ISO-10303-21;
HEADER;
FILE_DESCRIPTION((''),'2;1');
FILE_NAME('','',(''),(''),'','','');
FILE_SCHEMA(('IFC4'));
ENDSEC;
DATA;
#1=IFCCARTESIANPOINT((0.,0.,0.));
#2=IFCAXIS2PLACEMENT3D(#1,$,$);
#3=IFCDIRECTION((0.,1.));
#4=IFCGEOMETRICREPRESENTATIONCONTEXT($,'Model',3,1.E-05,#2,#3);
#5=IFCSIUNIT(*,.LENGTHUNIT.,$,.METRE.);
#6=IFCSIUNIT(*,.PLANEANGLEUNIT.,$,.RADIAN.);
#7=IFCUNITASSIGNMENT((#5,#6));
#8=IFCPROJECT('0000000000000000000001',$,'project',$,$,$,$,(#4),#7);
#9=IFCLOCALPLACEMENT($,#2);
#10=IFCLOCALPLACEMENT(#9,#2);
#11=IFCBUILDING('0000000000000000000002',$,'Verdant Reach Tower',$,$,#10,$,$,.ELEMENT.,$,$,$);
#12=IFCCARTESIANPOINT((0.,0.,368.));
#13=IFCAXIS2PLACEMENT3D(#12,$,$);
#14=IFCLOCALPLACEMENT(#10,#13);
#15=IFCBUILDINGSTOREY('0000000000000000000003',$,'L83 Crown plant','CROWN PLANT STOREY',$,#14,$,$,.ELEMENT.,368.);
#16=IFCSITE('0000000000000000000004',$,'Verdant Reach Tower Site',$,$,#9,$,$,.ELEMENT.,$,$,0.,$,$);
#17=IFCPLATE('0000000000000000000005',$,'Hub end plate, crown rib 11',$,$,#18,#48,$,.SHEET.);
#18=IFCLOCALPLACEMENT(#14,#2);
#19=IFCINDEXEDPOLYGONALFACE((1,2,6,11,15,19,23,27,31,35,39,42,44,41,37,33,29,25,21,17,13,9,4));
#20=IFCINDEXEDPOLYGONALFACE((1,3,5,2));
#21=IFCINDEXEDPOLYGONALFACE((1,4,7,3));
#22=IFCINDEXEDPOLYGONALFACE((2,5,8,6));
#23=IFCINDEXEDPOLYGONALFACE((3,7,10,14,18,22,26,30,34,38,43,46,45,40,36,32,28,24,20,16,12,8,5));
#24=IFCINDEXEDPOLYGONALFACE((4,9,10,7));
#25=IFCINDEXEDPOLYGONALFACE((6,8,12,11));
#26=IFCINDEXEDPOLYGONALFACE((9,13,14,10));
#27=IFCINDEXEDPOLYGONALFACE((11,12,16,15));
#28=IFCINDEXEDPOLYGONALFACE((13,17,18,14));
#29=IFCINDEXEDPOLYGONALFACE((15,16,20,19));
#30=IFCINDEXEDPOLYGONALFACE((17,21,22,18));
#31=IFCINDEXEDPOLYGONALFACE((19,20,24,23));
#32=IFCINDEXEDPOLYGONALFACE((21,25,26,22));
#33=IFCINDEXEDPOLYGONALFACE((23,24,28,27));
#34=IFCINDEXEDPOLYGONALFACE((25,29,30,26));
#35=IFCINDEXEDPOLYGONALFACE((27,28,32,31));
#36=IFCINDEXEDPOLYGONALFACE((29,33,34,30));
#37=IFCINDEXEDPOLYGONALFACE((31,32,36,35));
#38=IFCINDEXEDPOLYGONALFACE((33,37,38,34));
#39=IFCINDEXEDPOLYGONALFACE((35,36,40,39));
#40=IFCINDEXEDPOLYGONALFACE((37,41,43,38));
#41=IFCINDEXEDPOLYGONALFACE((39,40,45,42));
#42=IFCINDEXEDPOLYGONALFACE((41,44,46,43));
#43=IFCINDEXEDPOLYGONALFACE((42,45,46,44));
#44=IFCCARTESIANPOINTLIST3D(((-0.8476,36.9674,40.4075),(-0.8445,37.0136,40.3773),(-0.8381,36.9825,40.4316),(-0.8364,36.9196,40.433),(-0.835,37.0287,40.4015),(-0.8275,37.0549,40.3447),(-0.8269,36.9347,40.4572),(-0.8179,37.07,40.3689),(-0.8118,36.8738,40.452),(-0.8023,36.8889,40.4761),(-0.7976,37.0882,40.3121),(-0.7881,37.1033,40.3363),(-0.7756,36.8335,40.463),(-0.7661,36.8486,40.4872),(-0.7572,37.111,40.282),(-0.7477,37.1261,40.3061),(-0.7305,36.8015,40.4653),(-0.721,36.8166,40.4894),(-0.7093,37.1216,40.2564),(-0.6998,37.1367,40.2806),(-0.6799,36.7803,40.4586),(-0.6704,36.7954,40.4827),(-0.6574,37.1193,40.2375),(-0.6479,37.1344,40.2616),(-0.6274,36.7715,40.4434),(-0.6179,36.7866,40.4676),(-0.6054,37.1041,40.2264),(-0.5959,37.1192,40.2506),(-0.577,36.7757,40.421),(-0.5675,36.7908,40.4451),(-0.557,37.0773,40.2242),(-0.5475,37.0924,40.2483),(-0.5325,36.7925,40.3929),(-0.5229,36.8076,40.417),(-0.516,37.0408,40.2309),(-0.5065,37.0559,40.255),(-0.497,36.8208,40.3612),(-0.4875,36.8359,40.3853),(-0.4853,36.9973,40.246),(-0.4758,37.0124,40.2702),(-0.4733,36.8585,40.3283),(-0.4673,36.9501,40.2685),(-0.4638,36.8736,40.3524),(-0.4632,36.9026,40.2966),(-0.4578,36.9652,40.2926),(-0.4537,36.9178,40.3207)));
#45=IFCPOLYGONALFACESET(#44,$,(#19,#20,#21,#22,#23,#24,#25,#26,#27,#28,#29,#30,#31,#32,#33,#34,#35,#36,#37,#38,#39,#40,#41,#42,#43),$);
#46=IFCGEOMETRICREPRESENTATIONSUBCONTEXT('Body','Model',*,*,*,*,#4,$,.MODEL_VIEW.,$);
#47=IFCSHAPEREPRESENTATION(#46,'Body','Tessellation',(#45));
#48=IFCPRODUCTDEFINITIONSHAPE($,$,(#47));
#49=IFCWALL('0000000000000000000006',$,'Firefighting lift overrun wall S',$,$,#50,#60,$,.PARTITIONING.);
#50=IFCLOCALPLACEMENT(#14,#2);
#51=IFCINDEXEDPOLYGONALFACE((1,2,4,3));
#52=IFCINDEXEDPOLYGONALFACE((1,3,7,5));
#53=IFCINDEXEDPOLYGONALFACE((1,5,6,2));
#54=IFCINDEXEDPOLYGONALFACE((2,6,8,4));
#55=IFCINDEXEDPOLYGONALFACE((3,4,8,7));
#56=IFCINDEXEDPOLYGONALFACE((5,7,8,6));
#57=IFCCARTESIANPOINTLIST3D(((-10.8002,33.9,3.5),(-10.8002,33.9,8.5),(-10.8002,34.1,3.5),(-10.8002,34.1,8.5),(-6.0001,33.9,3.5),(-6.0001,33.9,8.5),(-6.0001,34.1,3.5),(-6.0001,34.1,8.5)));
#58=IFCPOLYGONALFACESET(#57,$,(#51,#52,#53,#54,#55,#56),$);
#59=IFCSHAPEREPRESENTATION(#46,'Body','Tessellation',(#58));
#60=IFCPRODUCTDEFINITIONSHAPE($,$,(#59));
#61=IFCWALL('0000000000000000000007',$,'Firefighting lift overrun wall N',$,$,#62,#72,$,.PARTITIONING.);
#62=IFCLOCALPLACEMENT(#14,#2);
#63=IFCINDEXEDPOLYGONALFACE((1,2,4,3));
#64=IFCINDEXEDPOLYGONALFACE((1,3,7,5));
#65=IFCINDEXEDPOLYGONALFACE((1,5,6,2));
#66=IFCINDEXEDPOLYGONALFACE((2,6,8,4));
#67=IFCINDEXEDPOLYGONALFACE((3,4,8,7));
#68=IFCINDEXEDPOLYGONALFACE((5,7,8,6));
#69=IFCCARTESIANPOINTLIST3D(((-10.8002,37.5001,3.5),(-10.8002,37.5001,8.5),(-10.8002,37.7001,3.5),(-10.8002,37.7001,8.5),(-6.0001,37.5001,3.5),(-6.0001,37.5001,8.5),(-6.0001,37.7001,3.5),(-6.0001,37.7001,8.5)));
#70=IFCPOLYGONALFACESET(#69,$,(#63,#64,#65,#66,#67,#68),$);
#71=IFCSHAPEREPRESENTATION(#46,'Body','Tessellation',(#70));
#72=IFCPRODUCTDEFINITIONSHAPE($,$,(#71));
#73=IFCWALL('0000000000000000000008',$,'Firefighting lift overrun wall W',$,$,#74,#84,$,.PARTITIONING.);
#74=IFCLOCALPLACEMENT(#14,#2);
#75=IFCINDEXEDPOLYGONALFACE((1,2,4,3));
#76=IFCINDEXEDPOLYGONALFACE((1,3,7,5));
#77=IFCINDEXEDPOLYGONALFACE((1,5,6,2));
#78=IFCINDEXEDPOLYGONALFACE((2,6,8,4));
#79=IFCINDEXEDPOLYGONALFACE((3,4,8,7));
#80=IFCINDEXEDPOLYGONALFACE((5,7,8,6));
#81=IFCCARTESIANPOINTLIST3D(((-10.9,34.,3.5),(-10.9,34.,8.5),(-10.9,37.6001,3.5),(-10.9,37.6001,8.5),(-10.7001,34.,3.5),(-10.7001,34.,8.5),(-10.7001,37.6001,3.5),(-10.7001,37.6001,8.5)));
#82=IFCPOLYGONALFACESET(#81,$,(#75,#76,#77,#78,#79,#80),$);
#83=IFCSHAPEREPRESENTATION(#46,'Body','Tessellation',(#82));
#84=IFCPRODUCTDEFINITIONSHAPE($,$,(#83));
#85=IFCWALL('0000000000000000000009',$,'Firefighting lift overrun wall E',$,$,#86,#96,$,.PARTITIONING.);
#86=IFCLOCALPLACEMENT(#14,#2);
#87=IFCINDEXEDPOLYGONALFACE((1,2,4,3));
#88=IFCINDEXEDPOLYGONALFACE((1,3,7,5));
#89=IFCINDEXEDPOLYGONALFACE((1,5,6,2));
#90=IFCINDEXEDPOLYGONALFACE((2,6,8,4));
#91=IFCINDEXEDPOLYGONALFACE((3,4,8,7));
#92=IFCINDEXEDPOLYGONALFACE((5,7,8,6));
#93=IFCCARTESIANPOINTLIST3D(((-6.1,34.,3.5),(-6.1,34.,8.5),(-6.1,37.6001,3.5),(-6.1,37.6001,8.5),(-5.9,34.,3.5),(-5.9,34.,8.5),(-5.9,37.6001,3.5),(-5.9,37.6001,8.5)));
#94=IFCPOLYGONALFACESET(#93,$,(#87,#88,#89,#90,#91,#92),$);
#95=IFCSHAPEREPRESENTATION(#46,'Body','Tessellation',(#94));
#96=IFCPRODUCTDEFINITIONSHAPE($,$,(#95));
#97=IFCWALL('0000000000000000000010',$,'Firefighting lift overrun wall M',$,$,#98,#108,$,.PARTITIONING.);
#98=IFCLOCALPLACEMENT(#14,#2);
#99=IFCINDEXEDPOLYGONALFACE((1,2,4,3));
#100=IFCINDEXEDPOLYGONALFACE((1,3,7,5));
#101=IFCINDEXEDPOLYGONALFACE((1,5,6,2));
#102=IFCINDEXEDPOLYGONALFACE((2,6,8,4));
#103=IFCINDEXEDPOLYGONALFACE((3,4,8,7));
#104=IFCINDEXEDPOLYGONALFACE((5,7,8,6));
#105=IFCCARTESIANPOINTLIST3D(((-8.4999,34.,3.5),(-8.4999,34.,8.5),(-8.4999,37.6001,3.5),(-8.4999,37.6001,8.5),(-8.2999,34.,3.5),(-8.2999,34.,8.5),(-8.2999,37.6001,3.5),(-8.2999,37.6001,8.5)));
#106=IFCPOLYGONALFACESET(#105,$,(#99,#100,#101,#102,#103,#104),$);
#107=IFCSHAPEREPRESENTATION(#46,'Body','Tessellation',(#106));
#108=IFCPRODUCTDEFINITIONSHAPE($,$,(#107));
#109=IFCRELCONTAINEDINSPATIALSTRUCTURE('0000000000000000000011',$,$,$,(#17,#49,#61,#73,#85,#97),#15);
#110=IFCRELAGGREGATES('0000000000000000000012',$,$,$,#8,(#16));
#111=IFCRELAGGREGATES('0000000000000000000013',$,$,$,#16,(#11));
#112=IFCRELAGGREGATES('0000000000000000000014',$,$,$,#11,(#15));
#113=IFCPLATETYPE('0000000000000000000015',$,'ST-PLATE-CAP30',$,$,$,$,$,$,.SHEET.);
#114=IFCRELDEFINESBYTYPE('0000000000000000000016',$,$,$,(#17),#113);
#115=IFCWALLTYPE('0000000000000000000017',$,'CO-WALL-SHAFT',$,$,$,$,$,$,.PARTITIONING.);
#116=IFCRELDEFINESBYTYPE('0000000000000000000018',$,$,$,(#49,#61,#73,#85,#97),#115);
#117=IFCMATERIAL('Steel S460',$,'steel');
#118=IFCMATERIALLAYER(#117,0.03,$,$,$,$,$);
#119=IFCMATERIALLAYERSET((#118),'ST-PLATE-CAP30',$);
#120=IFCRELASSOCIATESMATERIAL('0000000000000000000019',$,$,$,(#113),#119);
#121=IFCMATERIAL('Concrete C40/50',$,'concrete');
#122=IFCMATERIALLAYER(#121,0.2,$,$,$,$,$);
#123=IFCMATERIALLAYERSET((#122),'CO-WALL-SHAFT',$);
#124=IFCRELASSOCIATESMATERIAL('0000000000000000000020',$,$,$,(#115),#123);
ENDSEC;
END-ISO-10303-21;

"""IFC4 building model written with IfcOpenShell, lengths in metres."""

from ifc_helpers import new_model, si_unit, direction, frame, frame_2d, origin, origin_2d, place, context, subcontext, project, spatial, rectangle, circle, extrude, material, layer, layer_set, type_object, element, save


model = new_model("IFC4")

# Units and contexts
model_context = context("Model", 3, precision=1e-05, world=origin(), true_north=direction((0.0, 1.0)))
body_context = subcontext(model_context, "Body", "Model", "MODEL_VIEW")
ifc_project = project(units=[si_unit("LENGTHUNIT", "METRE"), si_unit("PLANEANGLEUNIT", "RADIAN")], contexts=[model_context])

# Site, building, storey
site_placement = place(None, origin())
site = spatial("IfcSite", under=ifc_project, at=site_placement, Name="Verdant Reach Tower Site", CompositionType="ELEMENT", RefElevation=0.0)
building_placement = place(site_placement, origin())
building = spatial("IfcBuilding", under=site, at=building_placement, Name="Verdant Reach Tower", CompositionType="ELEMENT")
storey_placement = place(building_placement, frame((0.0, 0.0, 368.0)))
storey = spatial("IfcBuildingStorey", under=building, at=storey_placement, Name="L83 Crown plant", Description="CROWN PLANT STOREY", CompositionType="ELEMENT", Elevation=368.0)

# Plate
ifc_material_1 = material(Name="Steel S460", Category="steel")
ifc_layer_1 = layer(ifc_material_1, 0.03)
ifc_layer_set_1 = layer_set([ifc_layer_1], Name="ST-PLATE-CAP30")
plate_type_1 = type_object("IfcPlateType", Name="ST-PLATE-CAP30", PredefinedType="SHEET", material=ifc_layer_set_1)
for number, where, z_axis, x_axis, name in (
    (1, (-0.6555, 36.9468, 40.3447), (0.316686, 0.50345, 0.803896), (-0.846461, 0.532451, 0.0), "Hub end plate, crown rib 11"),
):
    element("IfcPlate", number, at=place(storey_placement, frame(where, z_axis=z_axis, x_axis=x_axis)), inside=storey, type_object=plate_type_1, Name=name, PredefinedType="SHEET", context=body_context, shape_type="SweptSolid", body=[
        extrude(circle(Radius=0.2031, at=origin_2d()), origin(), (0.0, 0.0, 1.0), 0.03),
    ])

# Walls
ifc_material_2 = material(Name="Concrete C40/50", Category="concrete")
ifc_layer_2 = layer(ifc_material_2, 0.2)
ifc_layer_set_2 = layer_set([ifc_layer_2], Name="CO-WALL-SHAFT")
wall_type = type_object("IfcWallType", Name="CO-WALL-SHAFT", PredefinedType="PARTITIONING", material=ifc_layer_set_2)
for number, where, z_axis, x_axis, name in (
    (2, (-10.8, 34.0, 3.5), (0.0, 0.0, 1.0), (1.0, 0.0, 0.0), "Firefighting lift overrun wall S"),
    (3, (-10.8, 37.6001, 3.5), (0.0, 0.0, 1.0), (1.0, 0.0, 0.0), "Firefighting lift overrun wall N"),
):
    element("IfcWall", number, at=place(storey_placement, frame(where, z_axis=z_axis, x_axis=x_axis)), inside=storey, type_object=wall_type, Name=name, PredefinedType="PARTITIONING", context=body_context, shape_type="SweptSolid", body=[
        extrude(rectangle(XDim=4.8, YDim=0.2, at=frame_2d((2.3999, 0.0))), origin(), (0.0, 0.0, 1.0), 5.0),
    ])
for number, where, z_axis, x_axis, name in (
    (4, (-10.8, 34.0, 3.5), (0.0, 0.0, 1.0), (0.0, 1.0, 0.0), "Firefighting lift overrun wall W"),
    (5, (-6.0, 34.0, 3.5), (0.0, 0.0, 1.0), (0.0, 1.0, 0.0), "Firefighting lift overrun wall E"),
    (6, (-8.3999, 34.0, 3.5), (0.0, 0.0, 1.0), (0.0, 1.0, 0.0), "Firefighting lift overrun wall M"),
):
    element("IfcWall", number, at=place(storey_placement, frame(where, z_axis=z_axis, x_axis=x_axis)), inside=storey, type_object=wall_type, Name=name, PredefinedType="PARTITIONING", context=body_context, shape_type="SweptSolid", body=[
        extrude(rectangle(XDim=3.6001, YDim=0.2, at=frame_2d((1.8, 0.0))), origin(), (0.0, 0.0, 1.0), 5.0),
    ])

save(model, "model.ifc")
